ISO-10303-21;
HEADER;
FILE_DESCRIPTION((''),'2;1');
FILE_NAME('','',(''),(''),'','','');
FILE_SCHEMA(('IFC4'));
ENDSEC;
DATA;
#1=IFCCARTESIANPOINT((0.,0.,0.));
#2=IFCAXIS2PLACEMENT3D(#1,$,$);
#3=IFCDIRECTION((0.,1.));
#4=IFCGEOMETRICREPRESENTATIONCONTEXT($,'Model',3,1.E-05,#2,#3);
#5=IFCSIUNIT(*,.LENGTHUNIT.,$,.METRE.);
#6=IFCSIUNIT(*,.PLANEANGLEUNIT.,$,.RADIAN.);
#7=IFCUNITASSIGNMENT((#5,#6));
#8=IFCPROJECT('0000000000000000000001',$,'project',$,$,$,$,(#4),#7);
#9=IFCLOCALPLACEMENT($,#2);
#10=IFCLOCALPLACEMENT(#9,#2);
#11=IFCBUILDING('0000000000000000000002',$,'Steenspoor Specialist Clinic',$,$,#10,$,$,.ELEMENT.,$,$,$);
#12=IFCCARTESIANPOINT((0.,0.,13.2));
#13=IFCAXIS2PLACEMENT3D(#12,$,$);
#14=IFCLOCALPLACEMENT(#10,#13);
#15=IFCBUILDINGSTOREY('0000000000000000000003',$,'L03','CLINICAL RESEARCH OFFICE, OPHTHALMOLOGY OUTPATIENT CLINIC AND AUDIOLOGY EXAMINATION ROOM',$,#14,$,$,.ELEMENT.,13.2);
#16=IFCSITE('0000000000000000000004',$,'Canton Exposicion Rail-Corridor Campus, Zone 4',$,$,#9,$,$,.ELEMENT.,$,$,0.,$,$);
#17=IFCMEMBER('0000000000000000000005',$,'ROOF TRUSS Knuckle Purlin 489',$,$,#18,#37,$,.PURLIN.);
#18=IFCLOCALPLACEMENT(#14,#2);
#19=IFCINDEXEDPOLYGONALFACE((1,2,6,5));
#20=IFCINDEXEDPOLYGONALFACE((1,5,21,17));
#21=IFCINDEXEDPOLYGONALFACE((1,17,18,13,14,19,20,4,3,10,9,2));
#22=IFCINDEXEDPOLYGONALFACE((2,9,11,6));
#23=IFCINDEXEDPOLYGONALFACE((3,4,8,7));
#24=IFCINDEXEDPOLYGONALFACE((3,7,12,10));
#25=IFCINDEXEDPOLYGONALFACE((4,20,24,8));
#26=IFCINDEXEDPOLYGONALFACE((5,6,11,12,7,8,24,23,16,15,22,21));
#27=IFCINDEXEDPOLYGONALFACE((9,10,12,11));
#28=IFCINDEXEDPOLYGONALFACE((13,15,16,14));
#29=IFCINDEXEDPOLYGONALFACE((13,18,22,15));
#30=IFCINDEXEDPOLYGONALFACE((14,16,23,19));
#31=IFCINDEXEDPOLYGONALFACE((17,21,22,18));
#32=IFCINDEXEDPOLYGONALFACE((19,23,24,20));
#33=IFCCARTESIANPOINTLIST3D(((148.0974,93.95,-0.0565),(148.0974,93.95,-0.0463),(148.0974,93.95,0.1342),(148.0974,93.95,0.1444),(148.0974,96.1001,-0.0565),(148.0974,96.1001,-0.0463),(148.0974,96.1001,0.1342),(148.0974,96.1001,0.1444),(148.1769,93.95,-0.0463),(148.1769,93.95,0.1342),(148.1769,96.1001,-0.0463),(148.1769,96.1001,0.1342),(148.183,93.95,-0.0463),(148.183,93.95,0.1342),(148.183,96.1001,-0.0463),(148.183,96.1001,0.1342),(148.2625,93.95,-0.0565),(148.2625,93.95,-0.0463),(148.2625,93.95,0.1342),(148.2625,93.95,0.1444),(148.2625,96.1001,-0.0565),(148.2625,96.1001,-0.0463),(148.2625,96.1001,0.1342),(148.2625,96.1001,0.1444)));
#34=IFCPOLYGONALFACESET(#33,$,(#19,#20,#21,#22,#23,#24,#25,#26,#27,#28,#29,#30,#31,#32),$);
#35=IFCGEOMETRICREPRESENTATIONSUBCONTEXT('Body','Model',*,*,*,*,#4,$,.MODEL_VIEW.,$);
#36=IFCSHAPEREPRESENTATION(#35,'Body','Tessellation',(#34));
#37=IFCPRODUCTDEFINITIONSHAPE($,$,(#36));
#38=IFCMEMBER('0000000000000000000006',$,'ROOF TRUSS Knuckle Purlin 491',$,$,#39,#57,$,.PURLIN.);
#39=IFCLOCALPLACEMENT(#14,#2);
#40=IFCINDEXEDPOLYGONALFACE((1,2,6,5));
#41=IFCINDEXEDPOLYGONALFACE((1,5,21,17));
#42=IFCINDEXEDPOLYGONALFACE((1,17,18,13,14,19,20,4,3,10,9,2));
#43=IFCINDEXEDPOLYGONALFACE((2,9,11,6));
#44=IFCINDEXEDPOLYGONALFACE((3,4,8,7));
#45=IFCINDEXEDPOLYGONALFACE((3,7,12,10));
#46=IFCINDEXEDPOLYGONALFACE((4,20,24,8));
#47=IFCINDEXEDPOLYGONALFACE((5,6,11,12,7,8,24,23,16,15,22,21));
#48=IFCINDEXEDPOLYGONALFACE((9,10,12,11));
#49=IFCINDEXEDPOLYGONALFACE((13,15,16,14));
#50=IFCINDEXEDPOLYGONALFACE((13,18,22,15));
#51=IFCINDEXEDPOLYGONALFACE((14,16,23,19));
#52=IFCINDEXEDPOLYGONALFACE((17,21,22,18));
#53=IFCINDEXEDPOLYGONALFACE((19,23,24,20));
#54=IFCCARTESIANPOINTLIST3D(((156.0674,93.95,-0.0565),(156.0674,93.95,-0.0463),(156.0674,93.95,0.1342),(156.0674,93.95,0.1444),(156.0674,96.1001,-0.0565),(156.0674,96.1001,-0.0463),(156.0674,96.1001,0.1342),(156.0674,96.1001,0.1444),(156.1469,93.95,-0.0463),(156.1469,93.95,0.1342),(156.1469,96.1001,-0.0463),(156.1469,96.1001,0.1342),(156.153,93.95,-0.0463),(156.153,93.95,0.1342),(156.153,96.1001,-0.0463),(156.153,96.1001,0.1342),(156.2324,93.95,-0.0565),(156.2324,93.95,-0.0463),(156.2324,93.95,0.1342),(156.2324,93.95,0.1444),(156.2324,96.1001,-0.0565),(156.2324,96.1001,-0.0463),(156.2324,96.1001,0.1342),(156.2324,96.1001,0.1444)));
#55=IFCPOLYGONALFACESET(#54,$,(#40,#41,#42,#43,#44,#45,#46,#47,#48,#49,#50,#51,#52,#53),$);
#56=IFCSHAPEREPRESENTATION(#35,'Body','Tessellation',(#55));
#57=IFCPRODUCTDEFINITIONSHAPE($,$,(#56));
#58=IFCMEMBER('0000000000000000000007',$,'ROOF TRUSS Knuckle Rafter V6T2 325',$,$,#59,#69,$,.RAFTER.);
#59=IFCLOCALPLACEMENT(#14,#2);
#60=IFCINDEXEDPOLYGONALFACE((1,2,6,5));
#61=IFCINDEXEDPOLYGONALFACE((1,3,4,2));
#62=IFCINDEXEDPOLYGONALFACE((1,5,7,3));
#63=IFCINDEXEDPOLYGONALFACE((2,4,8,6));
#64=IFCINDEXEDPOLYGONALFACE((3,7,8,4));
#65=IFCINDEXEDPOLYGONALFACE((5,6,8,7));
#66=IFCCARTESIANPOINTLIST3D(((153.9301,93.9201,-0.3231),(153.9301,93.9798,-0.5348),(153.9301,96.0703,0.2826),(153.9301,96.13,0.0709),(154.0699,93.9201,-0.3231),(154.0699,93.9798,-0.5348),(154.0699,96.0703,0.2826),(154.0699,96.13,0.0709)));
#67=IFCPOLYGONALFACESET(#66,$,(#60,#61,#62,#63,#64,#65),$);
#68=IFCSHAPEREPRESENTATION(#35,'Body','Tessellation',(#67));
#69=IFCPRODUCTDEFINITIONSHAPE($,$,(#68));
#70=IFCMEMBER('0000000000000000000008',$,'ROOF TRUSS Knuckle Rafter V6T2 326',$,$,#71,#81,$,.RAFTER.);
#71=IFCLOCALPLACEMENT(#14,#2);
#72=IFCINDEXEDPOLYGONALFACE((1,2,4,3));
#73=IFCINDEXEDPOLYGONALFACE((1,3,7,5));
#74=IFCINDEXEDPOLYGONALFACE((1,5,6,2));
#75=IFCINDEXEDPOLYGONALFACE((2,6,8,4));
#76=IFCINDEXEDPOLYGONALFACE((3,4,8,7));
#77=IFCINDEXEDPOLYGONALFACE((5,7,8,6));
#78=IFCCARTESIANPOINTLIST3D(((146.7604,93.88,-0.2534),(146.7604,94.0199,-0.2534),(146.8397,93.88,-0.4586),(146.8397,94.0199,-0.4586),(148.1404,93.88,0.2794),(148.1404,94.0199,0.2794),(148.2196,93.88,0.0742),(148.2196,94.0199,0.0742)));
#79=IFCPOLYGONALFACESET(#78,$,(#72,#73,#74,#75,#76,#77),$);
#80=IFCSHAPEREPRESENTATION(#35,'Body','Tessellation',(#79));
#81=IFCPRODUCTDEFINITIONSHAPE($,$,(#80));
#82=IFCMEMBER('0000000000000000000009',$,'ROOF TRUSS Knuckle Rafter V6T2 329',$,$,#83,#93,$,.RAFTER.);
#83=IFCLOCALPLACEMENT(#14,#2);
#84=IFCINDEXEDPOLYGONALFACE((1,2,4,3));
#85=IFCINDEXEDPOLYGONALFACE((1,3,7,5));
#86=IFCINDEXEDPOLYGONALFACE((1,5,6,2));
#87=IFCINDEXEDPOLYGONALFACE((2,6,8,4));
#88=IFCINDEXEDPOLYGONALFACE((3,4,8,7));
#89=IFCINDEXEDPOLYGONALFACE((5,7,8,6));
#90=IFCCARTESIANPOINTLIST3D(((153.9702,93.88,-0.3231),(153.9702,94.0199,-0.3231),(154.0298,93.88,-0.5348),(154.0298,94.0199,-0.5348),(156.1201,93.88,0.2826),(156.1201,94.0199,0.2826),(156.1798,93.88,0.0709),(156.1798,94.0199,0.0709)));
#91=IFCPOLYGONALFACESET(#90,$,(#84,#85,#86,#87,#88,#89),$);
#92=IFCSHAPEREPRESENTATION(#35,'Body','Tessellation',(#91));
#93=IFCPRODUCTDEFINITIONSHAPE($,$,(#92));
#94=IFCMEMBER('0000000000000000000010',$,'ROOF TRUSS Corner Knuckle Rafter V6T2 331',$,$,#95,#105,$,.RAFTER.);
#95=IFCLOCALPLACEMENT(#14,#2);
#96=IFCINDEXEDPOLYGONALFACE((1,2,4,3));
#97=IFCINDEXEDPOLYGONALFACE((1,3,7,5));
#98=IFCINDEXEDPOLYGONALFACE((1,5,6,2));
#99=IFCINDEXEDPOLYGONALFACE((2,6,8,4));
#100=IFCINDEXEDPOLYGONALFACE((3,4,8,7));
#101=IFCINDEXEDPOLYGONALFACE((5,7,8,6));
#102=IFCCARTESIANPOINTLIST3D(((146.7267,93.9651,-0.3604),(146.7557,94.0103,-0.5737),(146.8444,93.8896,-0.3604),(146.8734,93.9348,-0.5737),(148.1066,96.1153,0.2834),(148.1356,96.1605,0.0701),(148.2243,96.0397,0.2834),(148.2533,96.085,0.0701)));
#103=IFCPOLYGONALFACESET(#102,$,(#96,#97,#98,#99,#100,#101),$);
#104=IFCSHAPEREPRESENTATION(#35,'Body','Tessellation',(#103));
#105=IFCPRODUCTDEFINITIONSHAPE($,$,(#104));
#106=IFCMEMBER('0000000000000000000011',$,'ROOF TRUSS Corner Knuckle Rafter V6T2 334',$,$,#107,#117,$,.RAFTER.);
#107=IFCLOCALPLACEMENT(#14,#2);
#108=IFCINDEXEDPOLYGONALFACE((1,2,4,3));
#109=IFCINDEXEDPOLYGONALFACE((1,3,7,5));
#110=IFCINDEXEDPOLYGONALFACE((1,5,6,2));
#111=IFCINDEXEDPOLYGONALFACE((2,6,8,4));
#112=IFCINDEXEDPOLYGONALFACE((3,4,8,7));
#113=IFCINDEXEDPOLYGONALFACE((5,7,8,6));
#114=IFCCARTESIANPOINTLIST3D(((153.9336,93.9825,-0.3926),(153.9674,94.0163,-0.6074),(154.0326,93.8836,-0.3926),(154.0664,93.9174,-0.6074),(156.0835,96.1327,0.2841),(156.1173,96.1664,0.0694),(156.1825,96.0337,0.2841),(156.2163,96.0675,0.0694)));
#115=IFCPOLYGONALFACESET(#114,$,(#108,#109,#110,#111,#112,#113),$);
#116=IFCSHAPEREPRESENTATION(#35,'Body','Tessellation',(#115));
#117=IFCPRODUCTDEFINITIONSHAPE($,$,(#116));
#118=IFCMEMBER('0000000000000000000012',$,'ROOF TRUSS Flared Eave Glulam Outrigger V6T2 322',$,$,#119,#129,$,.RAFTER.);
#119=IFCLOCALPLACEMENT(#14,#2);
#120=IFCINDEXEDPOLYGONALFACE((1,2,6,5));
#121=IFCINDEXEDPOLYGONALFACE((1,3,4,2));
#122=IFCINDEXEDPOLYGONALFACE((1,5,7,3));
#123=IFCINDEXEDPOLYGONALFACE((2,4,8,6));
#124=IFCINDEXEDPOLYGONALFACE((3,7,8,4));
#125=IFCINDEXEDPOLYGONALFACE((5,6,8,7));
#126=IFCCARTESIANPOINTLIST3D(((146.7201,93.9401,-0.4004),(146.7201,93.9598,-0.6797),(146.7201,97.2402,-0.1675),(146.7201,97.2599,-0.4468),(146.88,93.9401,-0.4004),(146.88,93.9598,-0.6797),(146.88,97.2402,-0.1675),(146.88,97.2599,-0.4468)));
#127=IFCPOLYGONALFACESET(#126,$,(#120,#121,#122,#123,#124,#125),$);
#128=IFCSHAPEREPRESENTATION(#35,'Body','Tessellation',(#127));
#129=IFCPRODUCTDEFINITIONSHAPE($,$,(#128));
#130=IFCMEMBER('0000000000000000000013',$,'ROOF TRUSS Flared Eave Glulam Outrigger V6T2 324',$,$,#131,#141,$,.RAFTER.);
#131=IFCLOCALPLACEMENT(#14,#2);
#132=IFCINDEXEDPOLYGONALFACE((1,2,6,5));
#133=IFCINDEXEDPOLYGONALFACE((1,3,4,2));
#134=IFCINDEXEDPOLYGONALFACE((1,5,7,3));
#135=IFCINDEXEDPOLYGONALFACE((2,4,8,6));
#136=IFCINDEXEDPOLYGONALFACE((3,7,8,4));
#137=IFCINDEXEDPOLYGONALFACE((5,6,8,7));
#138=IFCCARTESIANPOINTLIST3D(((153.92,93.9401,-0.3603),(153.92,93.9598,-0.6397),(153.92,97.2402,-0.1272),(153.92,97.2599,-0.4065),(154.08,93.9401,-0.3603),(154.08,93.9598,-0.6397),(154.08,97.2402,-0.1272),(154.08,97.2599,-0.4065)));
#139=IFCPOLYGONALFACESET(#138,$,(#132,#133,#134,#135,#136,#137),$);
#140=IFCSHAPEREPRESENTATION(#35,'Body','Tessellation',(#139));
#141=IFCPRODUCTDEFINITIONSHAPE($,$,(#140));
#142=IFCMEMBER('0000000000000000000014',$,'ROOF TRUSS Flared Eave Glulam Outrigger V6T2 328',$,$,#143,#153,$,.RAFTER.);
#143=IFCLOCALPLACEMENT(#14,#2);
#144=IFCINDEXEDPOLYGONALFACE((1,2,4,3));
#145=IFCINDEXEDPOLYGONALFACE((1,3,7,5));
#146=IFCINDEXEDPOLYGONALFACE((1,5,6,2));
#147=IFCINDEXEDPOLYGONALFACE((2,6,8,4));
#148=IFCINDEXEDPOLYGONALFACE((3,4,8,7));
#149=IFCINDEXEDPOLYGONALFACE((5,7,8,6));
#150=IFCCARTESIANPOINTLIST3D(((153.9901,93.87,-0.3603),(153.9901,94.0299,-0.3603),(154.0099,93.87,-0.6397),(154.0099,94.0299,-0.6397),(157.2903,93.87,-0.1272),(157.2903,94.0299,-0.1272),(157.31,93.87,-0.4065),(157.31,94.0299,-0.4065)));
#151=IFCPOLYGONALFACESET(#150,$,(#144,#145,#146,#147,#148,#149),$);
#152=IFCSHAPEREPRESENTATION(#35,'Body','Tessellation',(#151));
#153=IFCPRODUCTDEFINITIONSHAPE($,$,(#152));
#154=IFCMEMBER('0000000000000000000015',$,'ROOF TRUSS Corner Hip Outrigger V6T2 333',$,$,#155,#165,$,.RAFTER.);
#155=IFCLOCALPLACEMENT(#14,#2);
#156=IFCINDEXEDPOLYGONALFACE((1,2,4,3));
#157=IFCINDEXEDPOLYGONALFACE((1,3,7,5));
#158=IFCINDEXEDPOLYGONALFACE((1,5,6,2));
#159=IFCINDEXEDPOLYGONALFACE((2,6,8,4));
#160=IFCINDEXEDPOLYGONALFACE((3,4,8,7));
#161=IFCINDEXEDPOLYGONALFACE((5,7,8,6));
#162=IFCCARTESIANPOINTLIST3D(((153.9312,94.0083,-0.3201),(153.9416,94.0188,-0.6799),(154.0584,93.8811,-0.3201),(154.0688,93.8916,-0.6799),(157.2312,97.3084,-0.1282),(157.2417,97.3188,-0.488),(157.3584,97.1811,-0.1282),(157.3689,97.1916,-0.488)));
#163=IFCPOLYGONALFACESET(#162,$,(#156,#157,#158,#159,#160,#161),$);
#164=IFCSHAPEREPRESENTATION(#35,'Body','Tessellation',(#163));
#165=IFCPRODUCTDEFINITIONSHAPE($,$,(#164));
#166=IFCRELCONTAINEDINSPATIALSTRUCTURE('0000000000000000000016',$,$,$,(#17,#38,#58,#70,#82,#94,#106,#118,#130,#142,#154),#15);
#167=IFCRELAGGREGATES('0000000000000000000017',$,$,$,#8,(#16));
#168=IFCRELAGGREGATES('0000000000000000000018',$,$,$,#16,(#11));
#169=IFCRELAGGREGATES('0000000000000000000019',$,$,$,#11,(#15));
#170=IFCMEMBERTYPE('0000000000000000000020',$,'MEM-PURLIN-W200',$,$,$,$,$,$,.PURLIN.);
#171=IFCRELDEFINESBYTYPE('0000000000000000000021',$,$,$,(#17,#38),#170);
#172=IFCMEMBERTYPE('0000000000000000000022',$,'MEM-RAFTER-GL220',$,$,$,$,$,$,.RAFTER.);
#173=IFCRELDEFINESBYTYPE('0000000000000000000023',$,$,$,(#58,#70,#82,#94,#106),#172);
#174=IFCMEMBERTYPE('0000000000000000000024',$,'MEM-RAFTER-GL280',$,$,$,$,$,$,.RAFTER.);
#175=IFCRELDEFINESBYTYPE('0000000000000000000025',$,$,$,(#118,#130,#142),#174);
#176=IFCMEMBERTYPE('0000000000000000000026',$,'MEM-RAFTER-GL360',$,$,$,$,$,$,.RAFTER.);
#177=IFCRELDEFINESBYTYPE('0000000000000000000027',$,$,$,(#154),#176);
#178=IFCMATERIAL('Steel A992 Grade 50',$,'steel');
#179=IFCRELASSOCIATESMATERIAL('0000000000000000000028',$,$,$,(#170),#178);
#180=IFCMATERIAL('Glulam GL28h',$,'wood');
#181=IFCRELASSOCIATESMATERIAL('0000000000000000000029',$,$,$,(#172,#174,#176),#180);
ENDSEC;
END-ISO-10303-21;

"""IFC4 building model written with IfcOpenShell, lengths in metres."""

from ifc_helpers import new_model, si_unit, direction, frame, origin, origin_2d, place, context, subcontext, project, spatial, rectangle, i_section, extrude, material, material_profile, profile_set, type_object, element, save


model = new_model("IFC4")

# Units and contexts
model_context = context("Model", 3, precision=1e-05, world=origin(), true_north=direction((0.0, 1.0)))
body_context = subcontext(model_context, "Body", "Model", "MODEL_VIEW")
ifc_project = project(units=[si_unit("LENGTHUNIT", "METRE"), si_unit("PLANEANGLEUNIT", "RADIAN")], contexts=[model_context])

# Site, building, storey
site_placement = place(None, origin())
site = spatial("IfcSite", under=ifc_project, at=site_placement, Name="Canton Exposicion Rail-Corridor Campus, Zone 4", CompositionType="ELEMENT", RefElevation=0.0)
building_placement = place(site_placement, origin())
building = spatial("IfcBuilding", under=site, at=building_placement, Name="Steenspoor Specialist Clinic", CompositionType="ELEMENT")
storey_placement = place(building_placement, frame((0.0, 0.0, 13.2)))
storey = spatial("IfcBuildingStorey", under=building, at=storey_placement, Name="L03", Description="CLINICAL RESEARCH OFFICE, OPHTHALMOLOGY OUTPATIENT CLINIC AND AUDIOLOGY EXAMINATION ROOM", CompositionType="ELEMENT", Elevation=13.2)

# Members
ifc_material_1 = material(Name="Steel A992 Grade 50", Category="steel")
ifc_material_profile_1 = material_profile(ifc_material_1, i_section(OverallWidth=0.165, OverallDepth=0.2009, WebThickness=0.0061, FlangeThickness=0.0103, at=origin_2d()), Name="W200X36")
ifc_profile_set_1 = profile_set([ifc_material_profile_1], Name="Steel A992 Grade 50")
member_type_1 = type_object("IfcMemberType", Name="MEM-PURLIN-W200", PredefinedType="PURLIN", material=ifc_profile_set_1)
for number, where, z_axis, x_axis, name in (
    (1, (148.1799, 93.95, 0.0439), (0.0, 1.0, 0.0), (-1.0, 0.0, 0.0), "ROOF TRUSS Knuckle Purlin 489"),
    (2, (156.1499, 93.95, 0.0439), (0.0, 1.0, 0.0), (-1.0, 0.0, 0.0), "ROOF TRUSS Knuckle Purlin 491"),
):
    element("IfcMember", number, at=place(storey_placement, frame(where, z_axis=z_axis, x_axis=x_axis)), inside=storey, type_object=member_type_1, Name=name, PredefinedType="PURLIN", context=body_context, shape_type="SweptSolid", body=[
        extrude(i_section(OverallWidth=0.165, OverallDepth=0.2009, WebThickness=0.0061, FlangeThickness=0.0103, at=origin_2d()), origin(), (0.0, 0.0, 1.0), 2.1501),
    ])
ifc_material_2 = material(Name="Glulam GL28h", Category="wood")
ifc_material_profile_2 = material_profile(ifc_material_2, rectangle(XDim=0.1399, YDim=0.22, at=origin_2d()), Name="GL28H-140X220")
ifc_profile_set_2 = profile_set([ifc_material_profile_2], Name="Glulam GL28h")
member_type_2 = type_object("IfcMemberType", Name="MEM-RAFTER-GL220", PredefinedType="RAFTER", material=ifc_profile_set_2)
member_1_placement = place(storey_placement, frame((154.0, 93.95, -0.429), z_axis=(0.0, 0.962536, 0.271154), x_axis=(-1.0, 0.0, 0.0)))
element("IfcMember", 3, at=member_1_placement, inside=storey, type_object=member_type_2, Name="ROOF TRUSS Knuckle Rafter V6T2 325", PredefinedType="RAFTER", context=body_context, shape_type="SweptSolid", body=[
    extrude(rectangle(XDim=0.1399, YDim=0.22, at=origin_2d()), origin(), (0.0, 0.0, 1.0), 2.2339),
])
member_2_placement = place(storey_placement, frame((146.8, 93.95, -0.356), z_axis=(0.932894, 0.0, 0.360151), x_axis=(0.0, 1.0, 0.0)))
element("IfcMember", 4, at=member_2_placement, inside=storey, type_object=member_type_2, Name="ROOF TRUSS Knuckle Rafter V6T2 326", PredefinedType="RAFTER", context=body_context, shape_type="SweptSolid", body=[
    extrude(rectangle(XDim=0.1399, YDim=0.22, at=origin_2d()), origin(), (0.0, 0.0, 1.0), 1.4792),
])
member_3_placement = place(storey_placement, frame((154.0, 93.95, -0.429), z_axis=(0.962528, 0.0, 0.271182), x_axis=(0.0, 1.0, 0.0)))
element("IfcMember", 5, at=member_3_placement, inside=storey, type_object=member_type_2, Name="ROOF TRUSS Knuckle Rafter V6T2 329", PredefinedType="RAFTER", context=body_context, shape_type="SweptSolid", body=[
    extrude(rectangle(XDim=0.1399, YDim=0.22, at=origin_2d()), origin(), (0.0, 0.0, 1.0), 2.2336),
])
member_4_placement = place(storey_placement, frame((146.8, 93.95, -0.467), z_axis=(0.523733, 0.816085, 0.244353), x_axis=(-0.841597, 0.540105, 0.0)))
element("IfcMember", 6, at=member_4_placement, inside=storey, type_object=member_type_2, Name="ROOF TRUSS Corner Knuckle Rafter V6T2 331", PredefinedType="RAFTER", context=body_context, shape_type="SweptSolid", body=[
    extrude(rectangle(XDim=0.1399, YDim=0.22, at=origin_2d()), origin(), (0.0, 0.0, 1.0), 2.6348),
])
member_5_placement = place(storey_placement, frame((154.0, 93.95, -0.5), z_axis=(0.690178, 0.690256, 0.217258), x_axis=(-0.707147, 0.707067, 0.0)))
element("IfcMember", 7, at=member_5_placement, inside=storey, type_object=member_type_2, Name="ROOF TRUSS Corner Knuckle Rafter V6T2 334", PredefinedType="RAFTER", context=body_context, shape_type="SweptSolid", body=[
    extrude(rectangle(XDim=0.1399, YDim=0.22, at=origin_2d()), origin(), (0.0, 0.0, 1.0), 3.115),
])
ifc_material_profile_3 = material_profile(ifc_material_2, rectangle(XDim=0.1599, YDim=0.28, at=origin_2d()), Name="GL28H-160X280")
ifc_profile_set_3 = profile_set([ifc_material_profile_3], Name="Glulam GL28h")
member_type_3 = type_object("IfcMemberType", Name="MEM-RAFTER-GL280", PredefinedType="RAFTER", material=ifc_profile_set_3)
for number, where, z_axis, x_axis, name in (
    (8, (146.8, 93.95, -0.54), (0.0, 0.997519, 0.070403), (-1.0, 0.0, 0.0), "ROOF TRUSS Flared Eave Glulam Outrigger V6T2 322"),
    (9, (154.0, 93.95, -0.5), (0.0, 0.997513, 0.070476), (-1.0, 0.0, 0.0), "ROOF TRUSS Flared Eave Glulam Outrigger V6T2 324"),
    (10, (154.0, 93.95, -0.5), (0.997513, 0.0, 0.070476), (0.0, 1.0, 0.0), "ROOF TRUSS Flared Eave Glulam Outrigger V6T2 328"),
):
    element("IfcMember", number, at=place(storey_placement, frame(where, z_axis=z_axis, x_axis=x_axis)), inside=storey, type_object=member_type_3, Name=name, PredefinedType="RAFTER", context=body_context, shape_type="SweptSolid", body=[
        extrude(rectangle(XDim=0.1599, YDim=0.28, at=origin_2d()), origin(), (0.0, 0.0, 1.0), 3.3083),
    ])
ifc_material_profile_4 = material_profile(ifc_material_2, rectangle(XDim=0.1799, YDim=0.3601, at=origin_2d()), Name="GL28H-180X360")
ifc_profile_set_4 = profile_set([ifc_material_profile_4], Name="Glulam GL28h")
member_type_4 = type_object("IfcMemberType", Name="MEM-RAFTER-GL360", PredefinedType="RAFTER", material=ifc_profile_set_4)
member_6_placement = place(storey_placement, frame((154.0, 93.95, -0.5), z_axis=(0.70651, 0.70651, 0.041083), x_axis=(-0.707107, 0.707107, 0.0)))
element("IfcMember", 11, at=member_6_placement, inside=storey, type_object=member_type_4, Name="ROOF TRUSS Corner Hip Outrigger V6T2 333", PredefinedType="RAFTER", context=body_context, shape_type="SweptSolid", body=[
    extrude(rectangle(XDim=0.1799, YDim=0.3601, at=origin_2d()), origin(), (0.0, 0.0, 1.0), 4.6709),
])

save(model, "model.ifc")
